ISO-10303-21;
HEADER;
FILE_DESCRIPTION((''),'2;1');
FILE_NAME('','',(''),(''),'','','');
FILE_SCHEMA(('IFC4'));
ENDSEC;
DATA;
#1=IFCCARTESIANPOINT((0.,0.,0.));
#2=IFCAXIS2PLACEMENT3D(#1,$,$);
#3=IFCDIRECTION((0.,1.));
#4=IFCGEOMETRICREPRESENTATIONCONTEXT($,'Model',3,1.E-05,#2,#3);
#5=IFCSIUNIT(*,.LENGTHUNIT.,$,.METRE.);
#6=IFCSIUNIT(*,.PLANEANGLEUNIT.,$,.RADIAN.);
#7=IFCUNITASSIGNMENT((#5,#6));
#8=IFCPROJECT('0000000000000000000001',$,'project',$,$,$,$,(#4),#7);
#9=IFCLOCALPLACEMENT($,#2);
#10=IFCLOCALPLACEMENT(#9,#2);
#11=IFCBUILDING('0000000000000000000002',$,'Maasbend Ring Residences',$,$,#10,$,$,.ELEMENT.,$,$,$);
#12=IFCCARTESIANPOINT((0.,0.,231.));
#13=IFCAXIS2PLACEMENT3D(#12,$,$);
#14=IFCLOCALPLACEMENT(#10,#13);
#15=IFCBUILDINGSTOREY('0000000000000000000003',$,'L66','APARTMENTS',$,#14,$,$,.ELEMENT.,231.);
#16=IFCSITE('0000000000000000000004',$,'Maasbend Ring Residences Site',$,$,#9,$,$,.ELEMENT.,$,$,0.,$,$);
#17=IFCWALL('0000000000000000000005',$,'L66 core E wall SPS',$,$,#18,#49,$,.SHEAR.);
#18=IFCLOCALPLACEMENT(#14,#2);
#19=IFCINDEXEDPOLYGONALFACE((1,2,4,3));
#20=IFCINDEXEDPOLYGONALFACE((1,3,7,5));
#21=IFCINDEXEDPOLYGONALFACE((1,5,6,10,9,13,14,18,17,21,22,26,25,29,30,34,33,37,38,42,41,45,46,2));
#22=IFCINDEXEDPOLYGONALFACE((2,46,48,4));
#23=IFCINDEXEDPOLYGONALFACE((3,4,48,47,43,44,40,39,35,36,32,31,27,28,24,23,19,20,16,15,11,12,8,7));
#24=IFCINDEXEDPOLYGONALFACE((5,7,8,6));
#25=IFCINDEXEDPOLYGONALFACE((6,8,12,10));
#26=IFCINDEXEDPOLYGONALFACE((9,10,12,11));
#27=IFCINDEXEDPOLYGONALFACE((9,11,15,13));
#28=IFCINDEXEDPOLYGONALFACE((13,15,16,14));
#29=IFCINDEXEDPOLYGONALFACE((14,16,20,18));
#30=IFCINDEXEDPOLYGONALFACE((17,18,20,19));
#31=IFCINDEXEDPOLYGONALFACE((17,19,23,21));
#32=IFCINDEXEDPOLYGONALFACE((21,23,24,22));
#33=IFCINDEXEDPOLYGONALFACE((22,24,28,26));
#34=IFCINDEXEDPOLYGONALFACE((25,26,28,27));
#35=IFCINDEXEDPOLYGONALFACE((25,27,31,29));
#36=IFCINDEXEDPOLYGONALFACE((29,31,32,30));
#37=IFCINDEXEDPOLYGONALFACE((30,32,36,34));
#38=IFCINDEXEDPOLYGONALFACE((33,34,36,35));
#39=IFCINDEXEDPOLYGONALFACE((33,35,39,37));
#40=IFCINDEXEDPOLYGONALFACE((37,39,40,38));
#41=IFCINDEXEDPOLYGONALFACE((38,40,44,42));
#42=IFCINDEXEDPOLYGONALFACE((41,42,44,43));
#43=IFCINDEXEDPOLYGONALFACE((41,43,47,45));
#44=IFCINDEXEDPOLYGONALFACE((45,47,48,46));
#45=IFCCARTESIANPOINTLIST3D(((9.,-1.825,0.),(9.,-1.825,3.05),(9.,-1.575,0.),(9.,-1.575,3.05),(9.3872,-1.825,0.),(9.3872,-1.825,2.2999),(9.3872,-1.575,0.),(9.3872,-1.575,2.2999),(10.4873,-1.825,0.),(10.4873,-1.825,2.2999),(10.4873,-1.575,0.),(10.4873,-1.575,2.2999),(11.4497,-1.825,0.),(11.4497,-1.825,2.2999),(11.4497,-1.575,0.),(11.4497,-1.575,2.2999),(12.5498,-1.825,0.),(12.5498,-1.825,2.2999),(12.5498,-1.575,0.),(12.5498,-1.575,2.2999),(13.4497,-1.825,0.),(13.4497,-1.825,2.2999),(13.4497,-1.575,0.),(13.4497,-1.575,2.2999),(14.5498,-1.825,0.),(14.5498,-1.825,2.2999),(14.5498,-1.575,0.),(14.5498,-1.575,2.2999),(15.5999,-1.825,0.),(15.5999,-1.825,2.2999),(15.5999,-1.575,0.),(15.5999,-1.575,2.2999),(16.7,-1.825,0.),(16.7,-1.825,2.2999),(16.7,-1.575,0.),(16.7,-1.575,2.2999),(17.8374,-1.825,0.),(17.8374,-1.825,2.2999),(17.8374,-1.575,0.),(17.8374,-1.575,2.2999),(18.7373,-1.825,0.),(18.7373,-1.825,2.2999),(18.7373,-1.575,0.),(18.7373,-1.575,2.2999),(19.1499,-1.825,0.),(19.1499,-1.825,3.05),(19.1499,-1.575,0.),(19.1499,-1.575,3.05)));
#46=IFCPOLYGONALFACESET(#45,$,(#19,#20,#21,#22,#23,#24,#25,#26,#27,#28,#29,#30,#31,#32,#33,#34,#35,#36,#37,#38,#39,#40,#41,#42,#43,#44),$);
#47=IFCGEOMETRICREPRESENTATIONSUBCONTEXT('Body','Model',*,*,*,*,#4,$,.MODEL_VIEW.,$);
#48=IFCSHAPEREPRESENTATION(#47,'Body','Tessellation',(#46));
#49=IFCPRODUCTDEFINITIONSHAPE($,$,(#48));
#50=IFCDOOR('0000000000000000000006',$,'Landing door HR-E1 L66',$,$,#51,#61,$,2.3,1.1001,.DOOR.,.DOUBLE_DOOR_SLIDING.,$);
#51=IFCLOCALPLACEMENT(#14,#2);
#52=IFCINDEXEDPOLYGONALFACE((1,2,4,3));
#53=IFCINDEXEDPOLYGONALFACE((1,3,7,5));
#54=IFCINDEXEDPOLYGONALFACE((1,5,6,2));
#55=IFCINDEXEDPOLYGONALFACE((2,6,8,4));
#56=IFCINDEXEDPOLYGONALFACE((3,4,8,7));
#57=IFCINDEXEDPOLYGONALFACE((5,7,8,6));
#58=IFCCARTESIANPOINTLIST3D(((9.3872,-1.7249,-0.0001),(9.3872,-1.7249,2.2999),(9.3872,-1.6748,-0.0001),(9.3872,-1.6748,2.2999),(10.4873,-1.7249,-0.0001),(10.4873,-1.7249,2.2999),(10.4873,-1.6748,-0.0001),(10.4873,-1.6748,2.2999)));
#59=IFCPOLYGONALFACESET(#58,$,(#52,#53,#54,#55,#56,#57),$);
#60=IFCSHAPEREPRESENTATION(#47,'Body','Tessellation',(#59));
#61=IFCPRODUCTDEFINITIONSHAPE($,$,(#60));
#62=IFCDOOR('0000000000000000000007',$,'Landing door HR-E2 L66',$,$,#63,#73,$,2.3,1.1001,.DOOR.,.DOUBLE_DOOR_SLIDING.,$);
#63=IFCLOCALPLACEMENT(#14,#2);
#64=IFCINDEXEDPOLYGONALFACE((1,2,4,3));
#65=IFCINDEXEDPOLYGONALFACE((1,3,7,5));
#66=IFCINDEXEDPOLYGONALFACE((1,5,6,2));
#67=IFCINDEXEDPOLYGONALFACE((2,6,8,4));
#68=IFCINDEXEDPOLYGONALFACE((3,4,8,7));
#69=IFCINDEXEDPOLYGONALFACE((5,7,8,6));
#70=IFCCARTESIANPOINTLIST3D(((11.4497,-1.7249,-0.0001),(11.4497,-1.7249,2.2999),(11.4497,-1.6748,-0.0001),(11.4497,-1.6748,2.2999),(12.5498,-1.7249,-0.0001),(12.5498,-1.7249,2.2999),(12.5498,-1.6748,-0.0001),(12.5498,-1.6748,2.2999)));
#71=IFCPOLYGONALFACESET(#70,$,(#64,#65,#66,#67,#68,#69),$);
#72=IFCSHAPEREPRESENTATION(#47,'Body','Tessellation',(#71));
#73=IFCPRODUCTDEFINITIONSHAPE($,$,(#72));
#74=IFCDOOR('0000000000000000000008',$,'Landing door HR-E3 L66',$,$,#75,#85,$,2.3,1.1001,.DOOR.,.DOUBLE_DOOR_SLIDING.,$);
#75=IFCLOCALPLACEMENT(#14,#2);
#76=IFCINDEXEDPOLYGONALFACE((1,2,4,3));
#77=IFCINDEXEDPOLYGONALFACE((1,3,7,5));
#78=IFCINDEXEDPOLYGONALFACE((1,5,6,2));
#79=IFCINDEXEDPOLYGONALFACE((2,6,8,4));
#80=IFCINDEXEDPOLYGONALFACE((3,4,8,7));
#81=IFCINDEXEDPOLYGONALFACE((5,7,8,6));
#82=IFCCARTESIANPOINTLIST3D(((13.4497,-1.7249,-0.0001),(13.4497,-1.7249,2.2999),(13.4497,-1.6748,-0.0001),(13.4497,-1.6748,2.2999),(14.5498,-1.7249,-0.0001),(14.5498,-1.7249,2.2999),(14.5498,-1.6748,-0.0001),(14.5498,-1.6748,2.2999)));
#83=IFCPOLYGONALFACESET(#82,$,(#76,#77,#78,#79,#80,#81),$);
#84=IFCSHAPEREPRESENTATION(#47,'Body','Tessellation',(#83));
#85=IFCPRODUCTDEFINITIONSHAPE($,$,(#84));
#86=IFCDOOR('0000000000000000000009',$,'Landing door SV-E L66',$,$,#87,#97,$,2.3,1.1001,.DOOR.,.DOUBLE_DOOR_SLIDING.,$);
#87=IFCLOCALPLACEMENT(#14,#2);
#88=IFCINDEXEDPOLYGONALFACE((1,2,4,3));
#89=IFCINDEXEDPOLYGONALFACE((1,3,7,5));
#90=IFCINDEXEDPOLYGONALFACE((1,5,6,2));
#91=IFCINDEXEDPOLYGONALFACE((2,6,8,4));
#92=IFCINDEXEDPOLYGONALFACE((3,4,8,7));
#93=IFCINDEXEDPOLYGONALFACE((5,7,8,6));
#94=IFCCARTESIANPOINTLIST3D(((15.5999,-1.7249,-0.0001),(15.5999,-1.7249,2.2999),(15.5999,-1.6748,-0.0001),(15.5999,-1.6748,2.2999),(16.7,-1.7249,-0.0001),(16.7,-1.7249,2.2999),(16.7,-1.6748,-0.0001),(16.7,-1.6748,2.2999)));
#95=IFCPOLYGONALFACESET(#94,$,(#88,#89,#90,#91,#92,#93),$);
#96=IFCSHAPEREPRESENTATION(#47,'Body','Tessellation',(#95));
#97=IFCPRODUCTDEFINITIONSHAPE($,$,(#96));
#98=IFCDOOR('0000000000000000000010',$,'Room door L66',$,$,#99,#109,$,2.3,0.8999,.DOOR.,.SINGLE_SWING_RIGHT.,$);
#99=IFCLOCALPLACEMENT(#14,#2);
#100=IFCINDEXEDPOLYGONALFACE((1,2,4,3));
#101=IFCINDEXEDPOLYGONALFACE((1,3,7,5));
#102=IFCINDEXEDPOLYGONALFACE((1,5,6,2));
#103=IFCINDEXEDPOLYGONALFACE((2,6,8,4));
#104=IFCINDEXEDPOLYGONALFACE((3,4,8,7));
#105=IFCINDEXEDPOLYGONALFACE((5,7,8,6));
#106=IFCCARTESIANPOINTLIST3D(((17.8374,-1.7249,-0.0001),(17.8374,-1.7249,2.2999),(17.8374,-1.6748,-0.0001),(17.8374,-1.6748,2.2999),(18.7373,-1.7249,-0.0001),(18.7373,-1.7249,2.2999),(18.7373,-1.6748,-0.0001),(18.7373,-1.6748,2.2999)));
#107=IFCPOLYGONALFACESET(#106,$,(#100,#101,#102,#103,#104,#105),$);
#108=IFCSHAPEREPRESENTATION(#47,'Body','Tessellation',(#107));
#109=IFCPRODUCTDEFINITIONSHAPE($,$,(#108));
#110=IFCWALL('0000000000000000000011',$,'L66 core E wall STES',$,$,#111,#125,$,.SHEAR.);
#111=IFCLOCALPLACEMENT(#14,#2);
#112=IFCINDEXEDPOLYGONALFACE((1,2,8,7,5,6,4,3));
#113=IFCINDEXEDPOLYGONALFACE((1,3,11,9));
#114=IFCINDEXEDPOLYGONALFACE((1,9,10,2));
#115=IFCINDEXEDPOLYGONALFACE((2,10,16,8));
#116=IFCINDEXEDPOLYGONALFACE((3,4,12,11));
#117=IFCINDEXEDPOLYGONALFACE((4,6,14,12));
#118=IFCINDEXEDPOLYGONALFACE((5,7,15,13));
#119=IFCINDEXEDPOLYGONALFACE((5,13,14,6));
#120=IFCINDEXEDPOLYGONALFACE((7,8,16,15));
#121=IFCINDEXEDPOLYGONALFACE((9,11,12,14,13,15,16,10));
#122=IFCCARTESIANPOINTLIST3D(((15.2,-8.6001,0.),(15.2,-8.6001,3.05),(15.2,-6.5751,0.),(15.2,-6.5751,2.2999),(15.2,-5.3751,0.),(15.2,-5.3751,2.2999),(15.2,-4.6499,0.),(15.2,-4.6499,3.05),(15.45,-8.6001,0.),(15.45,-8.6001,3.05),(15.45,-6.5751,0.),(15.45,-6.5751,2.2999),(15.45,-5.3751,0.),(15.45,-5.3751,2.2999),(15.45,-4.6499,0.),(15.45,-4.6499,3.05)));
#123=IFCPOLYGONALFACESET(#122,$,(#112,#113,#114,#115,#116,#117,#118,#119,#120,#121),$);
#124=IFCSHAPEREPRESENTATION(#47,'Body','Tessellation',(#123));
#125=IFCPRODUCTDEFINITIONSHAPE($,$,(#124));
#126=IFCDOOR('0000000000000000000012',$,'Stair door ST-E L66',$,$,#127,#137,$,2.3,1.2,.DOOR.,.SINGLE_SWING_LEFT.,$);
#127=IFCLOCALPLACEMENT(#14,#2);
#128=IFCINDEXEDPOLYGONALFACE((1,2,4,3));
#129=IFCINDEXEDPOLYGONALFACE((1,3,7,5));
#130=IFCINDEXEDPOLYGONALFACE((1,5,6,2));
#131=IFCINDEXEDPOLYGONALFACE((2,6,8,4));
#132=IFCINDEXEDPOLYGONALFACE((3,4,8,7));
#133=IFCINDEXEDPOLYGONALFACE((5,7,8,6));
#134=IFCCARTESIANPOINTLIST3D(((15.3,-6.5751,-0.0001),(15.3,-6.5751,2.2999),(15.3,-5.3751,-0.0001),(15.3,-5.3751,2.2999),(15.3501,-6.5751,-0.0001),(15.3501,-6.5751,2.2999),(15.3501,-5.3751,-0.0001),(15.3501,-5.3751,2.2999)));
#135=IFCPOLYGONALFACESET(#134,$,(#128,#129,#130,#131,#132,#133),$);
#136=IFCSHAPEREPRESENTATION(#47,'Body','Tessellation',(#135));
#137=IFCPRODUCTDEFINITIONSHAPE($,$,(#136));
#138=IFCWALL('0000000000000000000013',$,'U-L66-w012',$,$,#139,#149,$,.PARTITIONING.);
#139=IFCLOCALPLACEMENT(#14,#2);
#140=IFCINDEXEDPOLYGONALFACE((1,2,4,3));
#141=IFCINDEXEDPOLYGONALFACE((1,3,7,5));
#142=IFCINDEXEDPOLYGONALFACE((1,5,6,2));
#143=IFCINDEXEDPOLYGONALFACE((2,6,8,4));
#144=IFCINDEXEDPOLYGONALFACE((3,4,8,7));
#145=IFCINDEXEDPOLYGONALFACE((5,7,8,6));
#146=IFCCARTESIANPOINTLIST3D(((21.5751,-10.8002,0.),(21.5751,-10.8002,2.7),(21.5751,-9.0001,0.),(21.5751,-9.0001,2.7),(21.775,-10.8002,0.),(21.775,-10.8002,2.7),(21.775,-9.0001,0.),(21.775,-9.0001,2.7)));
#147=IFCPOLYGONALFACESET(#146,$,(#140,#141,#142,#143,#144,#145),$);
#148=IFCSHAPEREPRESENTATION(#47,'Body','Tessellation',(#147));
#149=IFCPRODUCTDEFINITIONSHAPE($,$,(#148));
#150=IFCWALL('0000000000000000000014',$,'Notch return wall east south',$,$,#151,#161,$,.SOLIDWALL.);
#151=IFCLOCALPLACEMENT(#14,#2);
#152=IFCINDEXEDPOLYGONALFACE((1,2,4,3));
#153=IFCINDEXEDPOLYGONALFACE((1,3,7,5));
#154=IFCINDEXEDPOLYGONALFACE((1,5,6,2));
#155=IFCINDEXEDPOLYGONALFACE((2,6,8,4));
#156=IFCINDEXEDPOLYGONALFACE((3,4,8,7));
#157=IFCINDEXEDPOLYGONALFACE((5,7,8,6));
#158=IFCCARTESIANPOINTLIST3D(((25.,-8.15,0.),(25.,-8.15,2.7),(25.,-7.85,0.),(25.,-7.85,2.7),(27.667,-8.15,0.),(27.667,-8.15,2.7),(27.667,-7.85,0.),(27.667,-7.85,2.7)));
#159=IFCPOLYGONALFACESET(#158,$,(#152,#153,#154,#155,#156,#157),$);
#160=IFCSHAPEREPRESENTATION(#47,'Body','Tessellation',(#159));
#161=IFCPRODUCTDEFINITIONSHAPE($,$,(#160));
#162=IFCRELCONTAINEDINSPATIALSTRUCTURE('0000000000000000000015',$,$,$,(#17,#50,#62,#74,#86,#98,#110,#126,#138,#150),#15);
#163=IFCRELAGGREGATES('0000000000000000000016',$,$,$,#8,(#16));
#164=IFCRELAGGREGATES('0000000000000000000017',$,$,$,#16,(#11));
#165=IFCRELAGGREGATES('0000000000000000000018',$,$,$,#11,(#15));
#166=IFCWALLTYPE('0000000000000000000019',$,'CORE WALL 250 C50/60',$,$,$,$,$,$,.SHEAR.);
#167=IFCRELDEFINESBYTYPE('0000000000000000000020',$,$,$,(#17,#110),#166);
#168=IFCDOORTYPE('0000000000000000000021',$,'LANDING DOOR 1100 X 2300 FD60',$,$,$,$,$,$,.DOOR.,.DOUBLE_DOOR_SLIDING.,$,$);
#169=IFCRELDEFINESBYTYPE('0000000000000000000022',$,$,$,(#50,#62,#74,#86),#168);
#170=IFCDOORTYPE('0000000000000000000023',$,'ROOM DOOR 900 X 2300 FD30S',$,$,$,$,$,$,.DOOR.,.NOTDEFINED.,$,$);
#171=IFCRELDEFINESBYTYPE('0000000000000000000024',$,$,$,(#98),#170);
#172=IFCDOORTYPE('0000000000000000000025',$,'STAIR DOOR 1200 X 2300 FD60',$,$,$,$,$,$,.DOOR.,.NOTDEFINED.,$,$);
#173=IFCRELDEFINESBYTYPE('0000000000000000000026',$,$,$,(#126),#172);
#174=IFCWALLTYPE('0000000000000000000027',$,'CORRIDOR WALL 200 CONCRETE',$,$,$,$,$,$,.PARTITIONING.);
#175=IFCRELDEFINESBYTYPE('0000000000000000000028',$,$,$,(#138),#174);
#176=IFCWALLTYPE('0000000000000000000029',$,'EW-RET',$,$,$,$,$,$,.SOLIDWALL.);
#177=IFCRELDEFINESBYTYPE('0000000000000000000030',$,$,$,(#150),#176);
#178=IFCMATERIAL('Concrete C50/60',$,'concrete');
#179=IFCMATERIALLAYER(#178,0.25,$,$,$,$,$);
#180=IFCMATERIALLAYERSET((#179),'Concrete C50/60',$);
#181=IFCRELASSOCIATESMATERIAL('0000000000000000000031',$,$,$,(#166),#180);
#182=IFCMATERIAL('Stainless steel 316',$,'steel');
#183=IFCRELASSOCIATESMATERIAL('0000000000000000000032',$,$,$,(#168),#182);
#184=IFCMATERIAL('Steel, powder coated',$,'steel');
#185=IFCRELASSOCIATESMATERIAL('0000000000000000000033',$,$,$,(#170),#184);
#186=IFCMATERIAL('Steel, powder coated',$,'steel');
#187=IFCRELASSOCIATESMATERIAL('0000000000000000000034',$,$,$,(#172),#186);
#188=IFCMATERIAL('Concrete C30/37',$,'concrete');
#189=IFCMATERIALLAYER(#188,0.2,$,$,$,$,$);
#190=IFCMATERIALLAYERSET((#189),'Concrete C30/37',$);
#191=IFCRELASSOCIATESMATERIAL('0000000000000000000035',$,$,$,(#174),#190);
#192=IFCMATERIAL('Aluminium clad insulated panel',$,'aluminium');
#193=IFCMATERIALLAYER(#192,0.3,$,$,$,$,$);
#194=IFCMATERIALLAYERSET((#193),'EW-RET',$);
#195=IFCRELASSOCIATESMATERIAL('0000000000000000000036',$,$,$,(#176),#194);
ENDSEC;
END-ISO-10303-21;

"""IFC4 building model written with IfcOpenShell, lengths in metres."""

from ifc_helpers import new_model, si_unit, direction, frame, frame_2d, origin, place, context, subcontext, project, spatial, rectangle, extrude, material, layer, layer_set, type_object, element, fill, save


model = new_model("IFC4")

# Units and contexts
model_context = context("Model", 3, precision=1e-05, world=origin(), true_north=direction((0.0, 1.0)))
body_context = subcontext(model_context, "Body", "Model", "MODEL_VIEW")
ifc_project = project(units=[si_unit("LENGTHUNIT", "METRE"), si_unit("PLANEANGLEUNIT", "RADIAN")], contexts=[model_context])

# Site, building, storey
site_placement = place(None, origin())
site = spatial("IfcSite", under=ifc_project, at=site_placement, Name="Maasbend Ring Residences Site", CompositionType="ELEMENT", RefElevation=0.0)
building_placement = place(site_placement, origin())
building = spatial("IfcBuilding", under=site, at=building_placement, Name="Maasbend Ring Residences", CompositionType="ELEMENT")
storey_placement = place(building_placement, frame((0.0, 0.0, 231.0)))
storey = spatial("IfcBuildingStorey", under=building, at=storey_placement, Name="L66", Description="APARTMENTS", CompositionType="ELEMENT", Elevation=231.0)

# Wall, openings, doors
ifc_material_1 = material(Name="Concrete C50/60", Category="concrete")
ifc_layer_1 = layer(ifc_material_1, 0.25)
ifc_layer_set_1 = layer_set([ifc_layer_1], Name="Concrete C50/60")
wall_type_1 = type_object("IfcWallType", Name="CORE WALL 250 C50/60", PredefinedType="SHEAR", material=ifc_layer_set_1)
wall_1_placement = place(storey_placement, frame((19.1499, -1.7, 0.0), z_axis=(0.0, 0.0, 1.0), x_axis=(-1.0, 0.0, 0.0)))
wall_1 = element("IfcWall", 1, at=wall_1_placement, inside=storey, type_object=wall_type_1, Name="L66 core E wall SPS", PredefinedType="SHEAR", context=body_context, shape_type="SweptSolid", body=[
    extrude(rectangle(XDim=10.1499, YDim=0.25, at=frame_2d((5.075, 0.0))), origin(), (0.0, 0.0, 1.0), 3.05),
])
opening_1_placement = place(wall_1_placement, frame((8.6626, 0.0, 0.0)))
opening_1 = element("IfcOpeningElement", 2, at=opening_1_placement, cuts=wall_1, PredefinedType="OPENING", context=body_context, shape_type="SweptSolid", body=[
    extrude(rectangle(XDim=1.1001, YDim=2.3, at=frame_2d((0.55, 1.1499))), frame((0.0, 0.135, 0.0), z_axis=(0.0, -1.0, 0.0), x_axis=(1.0, 0.0, 0.0)), (0.0, 0.0, 1.0), 0.27),
])
opening_2_placement = place(wall_1_placement, frame((6.6001, 0.0, 0.0)))
opening_2 = element("IfcOpeningElement", 3, at=opening_2_placement, cuts=wall_1, PredefinedType="OPENING", context=body_context, shape_type="SweptSolid", body=[
    extrude(rectangle(XDim=1.1001, YDim=2.3, at=frame_2d((0.55, 1.1499))), frame((0.0, 0.135, 0.0), z_axis=(0.0, -1.0, 0.0), x_axis=(1.0, 0.0, 0.0)), (0.0, 0.0, 1.0), 0.27),
])
opening_3_placement = place(wall_1_placement, frame((4.6001, 0.0, 0.0)))
opening_3 = element("IfcOpeningElement", 4, at=opening_3_placement, cuts=wall_1, PredefinedType="OPENING", context=body_context, shape_type="SweptSolid", body=[
    extrude(rectangle(XDim=1.1001, YDim=2.3, at=frame_2d((0.55, 1.1499))), frame((0.0, 0.135, 0.0), z_axis=(0.0, -1.0, 0.0), x_axis=(1.0, 0.0, 0.0)), (0.0, 0.0, 1.0), 0.27),
])
opening_4_placement = place(wall_1_placement, frame((2.45, 0.0, 0.0)))
opening_4 = element("IfcOpeningElement", 5, at=opening_4_placement, cuts=wall_1, PredefinedType="OPENING", context=body_context, shape_type="SweptSolid", body=[
    extrude(rectangle(XDim=1.1001, YDim=2.3, at=frame_2d((0.55, 1.1499))), frame((0.0, 0.135, 0.0), z_axis=(0.0, -1.0, 0.0), x_axis=(1.0, 0.0, 0.0)), (0.0, 0.0, 1.0), 0.27),
])
opening_5_placement = place(wall_1_placement, frame((0.4126, 0.0, 0.0)))
opening_5 = element("IfcOpeningElement", 6, at=opening_5_placement, cuts=wall_1, PredefinedType="OPENING", context=body_context, shape_type="SweptSolid", body=[
    extrude(rectangle(XDim=0.8999, YDim=2.3, at=frame_2d((0.45, 1.1499))), frame((0.0, 0.135, 0.0), z_axis=(0.0, -1.0, 0.0), x_axis=(1.0, 0.0, 0.0)), (0.0, 0.0, 1.0), 0.27),
])
ifc_material_2 = material(Name="Stainless steel 316", Category="steel")
door_type_1 = type_object("IfcDoorType", Name="LANDING DOOR 1100 X 2300 FD60", OperationType="DOUBLE_DOOR_SLIDING", PredefinedType="DOOR", material=ifc_material_2)
door_1_placement = place(opening_1_placement, origin())
door_1 = element("IfcDoor", 7, at=door_1_placement, inside=storey, type_object=door_type_1, Name="Landing door HR-E1 L66", OperationType="DOUBLE_DOOR_SLIDING", OverallHeight=2.3, OverallWidth=1.1001, PredefinedType="DOOR", context=body_context, shape_type="SweptSolid", body=[
    extrude(rectangle(XDim=1.1001, YDim=2.3, at=frame_2d((0.55, 1.1499))), frame((0.0, 0.0249, 0.0), z_axis=(0.0, -1.0, 0.0), x_axis=(1.0, 0.0, 0.0)), (0.0, 0.0, 1.0), 0.05),
])
fill(opening_1, door_1)
door_2_placement = place(opening_2_placement, origin())
door_2 = element("IfcDoor", 8, at=door_2_placement, inside=storey, type_object=door_type_1, Name="Landing door HR-E2 L66", OperationType="DOUBLE_DOOR_SLIDING", OverallHeight=2.3, OverallWidth=1.1001, PredefinedType="DOOR", context=body_context, shape_type="SweptSolid", body=[
    extrude(rectangle(XDim=1.1001, YDim=2.3, at=frame_2d((0.55, 1.1499))), frame((0.0, 0.0249, 0.0), z_axis=(0.0, -1.0, 0.0), x_axis=(1.0, 0.0, 0.0)), (0.0, 0.0, 1.0), 0.05),
])
fill(opening_2, door_2)
door_3_placement = place(opening_3_placement, origin())
door_3 = element("IfcDoor", 9, at=door_3_placement, inside=storey, type_object=door_type_1, Name="Landing door HR-E3 L66", OperationType="DOUBLE_DOOR_SLIDING", OverallHeight=2.3, OverallWidth=1.1001, PredefinedType="DOOR", context=body_context, shape_type="SweptSolid", body=[
    extrude(rectangle(XDim=1.1001, YDim=2.3, at=frame_2d((0.55, 1.1499))), frame((0.0, 0.0249, 0.0), z_axis=(0.0, -1.0, 0.0), x_axis=(1.0, 0.0, 0.0)), (0.0, 0.0, 1.0), 0.05),
])
fill(opening_3, door_3)
door_4_placement = place(opening_4_placement, origin())
door_4 = element("IfcDoor", 10, at=door_4_placement, inside=storey, type_object=door_type_1, Name="Landing door SV-E L66", OperationType="DOUBLE_DOOR_SLIDING", OverallHeight=2.3, OverallWidth=1.1001, PredefinedType="DOOR", context=body_context, shape_type="SweptSolid", body=[
    extrude(rectangle(XDim=1.1001, YDim=2.3, at=frame_2d((0.55, 1.1499))), frame((0.0, 0.0249, 0.0), z_axis=(0.0, -1.0, 0.0), x_axis=(1.0, 0.0, 0.0)), (0.0, 0.0, 1.0), 0.05),
])
fill(opening_4, door_4)
ifc_material_3 = material(Name="Steel, powder coated", Category="steel")
door_type_2 = type_object("IfcDoorType", Name="ROOM DOOR 900 X 2300 FD30S", OperationType="NOTDEFINED", PredefinedType="DOOR", material=ifc_material_3)
door_5_placement = place(opening_5_placement, origin())
door_5 = element("IfcDoor", 11, at=door_5_placement, inside=storey, type_object=door_type_2, Name="Room door L66", OperationType="SINGLE_SWING_RIGHT", OverallHeight=2.3, OverallWidth=0.8999, PredefinedType="DOOR", context=body_context, shape_type="SweptSolid", body=[
    extrude(rectangle(XDim=0.8999, YDim=2.3, at=frame_2d((0.45, 1.1499))), frame((0.0, 0.0249, 0.0), z_axis=(0.0, -1.0, 0.0), x_axis=(1.0, 0.0, 0.0)), (0.0, 0.0, 1.0), 0.05),
])
fill(opening_5, door_5)

# Wall, opening, door
wall_2_placement = place(storey_placement, frame((15.325, -8.6001, 0.0), z_axis=(0.0, 0.0, 1.0), x_axis=(0.0, 1.0, 0.0)))
wall_2 = element("IfcWall", 12, at=wall_2_placement, inside=storey, type_object=wall_type_1, Name="L66 core E wall STES", PredefinedType="SHEAR", context=body_context, shape_type="SweptSolid", body=[
    extrude(rectangle(XDim=3.9502, YDim=0.25, at=frame_2d((1.9751, 0.0))), origin(), (0.0, 0.0, 1.0), 3.05),
])
opening_6_placement = place(wall_2_placement, frame((2.0249, 0.0, 0.0)))
opening_6 = element("IfcOpeningElement", 13, at=opening_6_placement, cuts=wall_2, PredefinedType="OPENING", context=body_context, shape_type="SweptSolid", body=[
    extrude(rectangle(XDim=1.2, YDim=2.3, at=frame_2d((0.6001, 1.1499))), frame((0.0, 0.135, 0.0), z_axis=(0.0, -1.0, 0.0), x_axis=(1.0, 0.0, 0.0)), (0.0, 0.0, 1.0), 0.27),
])
ifc_material_4 = material(Name="Steel, powder coated", Category="steel")
door_type_3 = type_object("IfcDoorType", Name="STAIR DOOR 1200 X 2300 FD60", OperationType="NOTDEFINED", PredefinedType="DOOR", material=ifc_material_4)
door_6_placement = place(opening_6_placement, origin())
door_6 = element("IfcDoor", 14, at=door_6_placement, inside=storey, type_object=door_type_3, Name="Stair door ST-E L66", OperationType="SINGLE_SWING_LEFT", OverallHeight=2.3, OverallWidth=1.2, PredefinedType="DOOR", context=body_context, shape_type="SweptSolid", body=[
    extrude(rectangle(XDim=1.2, YDim=2.3, at=frame_2d((0.6001, 1.1499))), frame((0.0, 0.0249, 0.0), z_axis=(0.0, -1.0, 0.0), x_axis=(1.0, 0.0, 0.0)), (0.0, 0.0, 1.0), 0.05),
])
fill(opening_6, door_6)

# Walls
ifc_material_5 = material(Name="Concrete C30/37", Category="concrete")
ifc_layer_2 = layer(ifc_material_5, 0.2)
ifc_layer_set_2 = layer_set([ifc_layer_2], Name="Concrete C30/37")
wall_type_2 = type_object("IfcWallType", Name="CORRIDOR WALL 200 CONCRETE", PredefinedType="PARTITIONING", material=ifc_layer_set_2)
wall_3_placement = place(storey_placement, frame((21.675, -10.8, 0.0), z_axis=(0.0, 0.0, 1.0), x_axis=(0.0, 1.0, 0.0)))
element("IfcWall", 15, at=wall_3_placement, inside=storey, type_object=wall_type_2, Name="U-L66-w012", PredefinedType="PARTITIONING", context=body_context, shape_type="SweptSolid", body=[
    extrude(rectangle(XDim=1.8, YDim=0.2, at=frame_2d((0.8999, 0.0))), origin(), (0.0, 0.0, 1.0), 2.7),
])
ifc_material_6 = material(Name="Aluminium clad insulated panel", Category="aluminium")
ifc_layer_3 = layer(ifc_material_6, 0.3)
ifc_layer_set_3 = layer_set([ifc_layer_3], Name="EW-RET")
wall_type_3 = type_object("IfcWallType", Name="EW-RET", PredefinedType="SOLIDWALL", material=ifc_layer_set_3)
wall_4_placement = place(storey_placement, frame((25.0, -8.0, 0.0), z_axis=(0.0, 0.0, 1.0), x_axis=(1.0, 0.0, 0.0)))
element("IfcWall", 16, at=wall_4_placement, inside=storey, type_object=wall_type_3, Name="Notch return wall east south", PredefinedType="SOLIDWALL", context=body_context, shape_type="SweptSolid", body=[
    extrude(rectangle(XDim=2.667, YDim=0.3, at=frame_2d((1.3335, 0.0))), origin(), (0.0, 0.0, 1.0), 2.7),
])

save(model, "model.ifc")
